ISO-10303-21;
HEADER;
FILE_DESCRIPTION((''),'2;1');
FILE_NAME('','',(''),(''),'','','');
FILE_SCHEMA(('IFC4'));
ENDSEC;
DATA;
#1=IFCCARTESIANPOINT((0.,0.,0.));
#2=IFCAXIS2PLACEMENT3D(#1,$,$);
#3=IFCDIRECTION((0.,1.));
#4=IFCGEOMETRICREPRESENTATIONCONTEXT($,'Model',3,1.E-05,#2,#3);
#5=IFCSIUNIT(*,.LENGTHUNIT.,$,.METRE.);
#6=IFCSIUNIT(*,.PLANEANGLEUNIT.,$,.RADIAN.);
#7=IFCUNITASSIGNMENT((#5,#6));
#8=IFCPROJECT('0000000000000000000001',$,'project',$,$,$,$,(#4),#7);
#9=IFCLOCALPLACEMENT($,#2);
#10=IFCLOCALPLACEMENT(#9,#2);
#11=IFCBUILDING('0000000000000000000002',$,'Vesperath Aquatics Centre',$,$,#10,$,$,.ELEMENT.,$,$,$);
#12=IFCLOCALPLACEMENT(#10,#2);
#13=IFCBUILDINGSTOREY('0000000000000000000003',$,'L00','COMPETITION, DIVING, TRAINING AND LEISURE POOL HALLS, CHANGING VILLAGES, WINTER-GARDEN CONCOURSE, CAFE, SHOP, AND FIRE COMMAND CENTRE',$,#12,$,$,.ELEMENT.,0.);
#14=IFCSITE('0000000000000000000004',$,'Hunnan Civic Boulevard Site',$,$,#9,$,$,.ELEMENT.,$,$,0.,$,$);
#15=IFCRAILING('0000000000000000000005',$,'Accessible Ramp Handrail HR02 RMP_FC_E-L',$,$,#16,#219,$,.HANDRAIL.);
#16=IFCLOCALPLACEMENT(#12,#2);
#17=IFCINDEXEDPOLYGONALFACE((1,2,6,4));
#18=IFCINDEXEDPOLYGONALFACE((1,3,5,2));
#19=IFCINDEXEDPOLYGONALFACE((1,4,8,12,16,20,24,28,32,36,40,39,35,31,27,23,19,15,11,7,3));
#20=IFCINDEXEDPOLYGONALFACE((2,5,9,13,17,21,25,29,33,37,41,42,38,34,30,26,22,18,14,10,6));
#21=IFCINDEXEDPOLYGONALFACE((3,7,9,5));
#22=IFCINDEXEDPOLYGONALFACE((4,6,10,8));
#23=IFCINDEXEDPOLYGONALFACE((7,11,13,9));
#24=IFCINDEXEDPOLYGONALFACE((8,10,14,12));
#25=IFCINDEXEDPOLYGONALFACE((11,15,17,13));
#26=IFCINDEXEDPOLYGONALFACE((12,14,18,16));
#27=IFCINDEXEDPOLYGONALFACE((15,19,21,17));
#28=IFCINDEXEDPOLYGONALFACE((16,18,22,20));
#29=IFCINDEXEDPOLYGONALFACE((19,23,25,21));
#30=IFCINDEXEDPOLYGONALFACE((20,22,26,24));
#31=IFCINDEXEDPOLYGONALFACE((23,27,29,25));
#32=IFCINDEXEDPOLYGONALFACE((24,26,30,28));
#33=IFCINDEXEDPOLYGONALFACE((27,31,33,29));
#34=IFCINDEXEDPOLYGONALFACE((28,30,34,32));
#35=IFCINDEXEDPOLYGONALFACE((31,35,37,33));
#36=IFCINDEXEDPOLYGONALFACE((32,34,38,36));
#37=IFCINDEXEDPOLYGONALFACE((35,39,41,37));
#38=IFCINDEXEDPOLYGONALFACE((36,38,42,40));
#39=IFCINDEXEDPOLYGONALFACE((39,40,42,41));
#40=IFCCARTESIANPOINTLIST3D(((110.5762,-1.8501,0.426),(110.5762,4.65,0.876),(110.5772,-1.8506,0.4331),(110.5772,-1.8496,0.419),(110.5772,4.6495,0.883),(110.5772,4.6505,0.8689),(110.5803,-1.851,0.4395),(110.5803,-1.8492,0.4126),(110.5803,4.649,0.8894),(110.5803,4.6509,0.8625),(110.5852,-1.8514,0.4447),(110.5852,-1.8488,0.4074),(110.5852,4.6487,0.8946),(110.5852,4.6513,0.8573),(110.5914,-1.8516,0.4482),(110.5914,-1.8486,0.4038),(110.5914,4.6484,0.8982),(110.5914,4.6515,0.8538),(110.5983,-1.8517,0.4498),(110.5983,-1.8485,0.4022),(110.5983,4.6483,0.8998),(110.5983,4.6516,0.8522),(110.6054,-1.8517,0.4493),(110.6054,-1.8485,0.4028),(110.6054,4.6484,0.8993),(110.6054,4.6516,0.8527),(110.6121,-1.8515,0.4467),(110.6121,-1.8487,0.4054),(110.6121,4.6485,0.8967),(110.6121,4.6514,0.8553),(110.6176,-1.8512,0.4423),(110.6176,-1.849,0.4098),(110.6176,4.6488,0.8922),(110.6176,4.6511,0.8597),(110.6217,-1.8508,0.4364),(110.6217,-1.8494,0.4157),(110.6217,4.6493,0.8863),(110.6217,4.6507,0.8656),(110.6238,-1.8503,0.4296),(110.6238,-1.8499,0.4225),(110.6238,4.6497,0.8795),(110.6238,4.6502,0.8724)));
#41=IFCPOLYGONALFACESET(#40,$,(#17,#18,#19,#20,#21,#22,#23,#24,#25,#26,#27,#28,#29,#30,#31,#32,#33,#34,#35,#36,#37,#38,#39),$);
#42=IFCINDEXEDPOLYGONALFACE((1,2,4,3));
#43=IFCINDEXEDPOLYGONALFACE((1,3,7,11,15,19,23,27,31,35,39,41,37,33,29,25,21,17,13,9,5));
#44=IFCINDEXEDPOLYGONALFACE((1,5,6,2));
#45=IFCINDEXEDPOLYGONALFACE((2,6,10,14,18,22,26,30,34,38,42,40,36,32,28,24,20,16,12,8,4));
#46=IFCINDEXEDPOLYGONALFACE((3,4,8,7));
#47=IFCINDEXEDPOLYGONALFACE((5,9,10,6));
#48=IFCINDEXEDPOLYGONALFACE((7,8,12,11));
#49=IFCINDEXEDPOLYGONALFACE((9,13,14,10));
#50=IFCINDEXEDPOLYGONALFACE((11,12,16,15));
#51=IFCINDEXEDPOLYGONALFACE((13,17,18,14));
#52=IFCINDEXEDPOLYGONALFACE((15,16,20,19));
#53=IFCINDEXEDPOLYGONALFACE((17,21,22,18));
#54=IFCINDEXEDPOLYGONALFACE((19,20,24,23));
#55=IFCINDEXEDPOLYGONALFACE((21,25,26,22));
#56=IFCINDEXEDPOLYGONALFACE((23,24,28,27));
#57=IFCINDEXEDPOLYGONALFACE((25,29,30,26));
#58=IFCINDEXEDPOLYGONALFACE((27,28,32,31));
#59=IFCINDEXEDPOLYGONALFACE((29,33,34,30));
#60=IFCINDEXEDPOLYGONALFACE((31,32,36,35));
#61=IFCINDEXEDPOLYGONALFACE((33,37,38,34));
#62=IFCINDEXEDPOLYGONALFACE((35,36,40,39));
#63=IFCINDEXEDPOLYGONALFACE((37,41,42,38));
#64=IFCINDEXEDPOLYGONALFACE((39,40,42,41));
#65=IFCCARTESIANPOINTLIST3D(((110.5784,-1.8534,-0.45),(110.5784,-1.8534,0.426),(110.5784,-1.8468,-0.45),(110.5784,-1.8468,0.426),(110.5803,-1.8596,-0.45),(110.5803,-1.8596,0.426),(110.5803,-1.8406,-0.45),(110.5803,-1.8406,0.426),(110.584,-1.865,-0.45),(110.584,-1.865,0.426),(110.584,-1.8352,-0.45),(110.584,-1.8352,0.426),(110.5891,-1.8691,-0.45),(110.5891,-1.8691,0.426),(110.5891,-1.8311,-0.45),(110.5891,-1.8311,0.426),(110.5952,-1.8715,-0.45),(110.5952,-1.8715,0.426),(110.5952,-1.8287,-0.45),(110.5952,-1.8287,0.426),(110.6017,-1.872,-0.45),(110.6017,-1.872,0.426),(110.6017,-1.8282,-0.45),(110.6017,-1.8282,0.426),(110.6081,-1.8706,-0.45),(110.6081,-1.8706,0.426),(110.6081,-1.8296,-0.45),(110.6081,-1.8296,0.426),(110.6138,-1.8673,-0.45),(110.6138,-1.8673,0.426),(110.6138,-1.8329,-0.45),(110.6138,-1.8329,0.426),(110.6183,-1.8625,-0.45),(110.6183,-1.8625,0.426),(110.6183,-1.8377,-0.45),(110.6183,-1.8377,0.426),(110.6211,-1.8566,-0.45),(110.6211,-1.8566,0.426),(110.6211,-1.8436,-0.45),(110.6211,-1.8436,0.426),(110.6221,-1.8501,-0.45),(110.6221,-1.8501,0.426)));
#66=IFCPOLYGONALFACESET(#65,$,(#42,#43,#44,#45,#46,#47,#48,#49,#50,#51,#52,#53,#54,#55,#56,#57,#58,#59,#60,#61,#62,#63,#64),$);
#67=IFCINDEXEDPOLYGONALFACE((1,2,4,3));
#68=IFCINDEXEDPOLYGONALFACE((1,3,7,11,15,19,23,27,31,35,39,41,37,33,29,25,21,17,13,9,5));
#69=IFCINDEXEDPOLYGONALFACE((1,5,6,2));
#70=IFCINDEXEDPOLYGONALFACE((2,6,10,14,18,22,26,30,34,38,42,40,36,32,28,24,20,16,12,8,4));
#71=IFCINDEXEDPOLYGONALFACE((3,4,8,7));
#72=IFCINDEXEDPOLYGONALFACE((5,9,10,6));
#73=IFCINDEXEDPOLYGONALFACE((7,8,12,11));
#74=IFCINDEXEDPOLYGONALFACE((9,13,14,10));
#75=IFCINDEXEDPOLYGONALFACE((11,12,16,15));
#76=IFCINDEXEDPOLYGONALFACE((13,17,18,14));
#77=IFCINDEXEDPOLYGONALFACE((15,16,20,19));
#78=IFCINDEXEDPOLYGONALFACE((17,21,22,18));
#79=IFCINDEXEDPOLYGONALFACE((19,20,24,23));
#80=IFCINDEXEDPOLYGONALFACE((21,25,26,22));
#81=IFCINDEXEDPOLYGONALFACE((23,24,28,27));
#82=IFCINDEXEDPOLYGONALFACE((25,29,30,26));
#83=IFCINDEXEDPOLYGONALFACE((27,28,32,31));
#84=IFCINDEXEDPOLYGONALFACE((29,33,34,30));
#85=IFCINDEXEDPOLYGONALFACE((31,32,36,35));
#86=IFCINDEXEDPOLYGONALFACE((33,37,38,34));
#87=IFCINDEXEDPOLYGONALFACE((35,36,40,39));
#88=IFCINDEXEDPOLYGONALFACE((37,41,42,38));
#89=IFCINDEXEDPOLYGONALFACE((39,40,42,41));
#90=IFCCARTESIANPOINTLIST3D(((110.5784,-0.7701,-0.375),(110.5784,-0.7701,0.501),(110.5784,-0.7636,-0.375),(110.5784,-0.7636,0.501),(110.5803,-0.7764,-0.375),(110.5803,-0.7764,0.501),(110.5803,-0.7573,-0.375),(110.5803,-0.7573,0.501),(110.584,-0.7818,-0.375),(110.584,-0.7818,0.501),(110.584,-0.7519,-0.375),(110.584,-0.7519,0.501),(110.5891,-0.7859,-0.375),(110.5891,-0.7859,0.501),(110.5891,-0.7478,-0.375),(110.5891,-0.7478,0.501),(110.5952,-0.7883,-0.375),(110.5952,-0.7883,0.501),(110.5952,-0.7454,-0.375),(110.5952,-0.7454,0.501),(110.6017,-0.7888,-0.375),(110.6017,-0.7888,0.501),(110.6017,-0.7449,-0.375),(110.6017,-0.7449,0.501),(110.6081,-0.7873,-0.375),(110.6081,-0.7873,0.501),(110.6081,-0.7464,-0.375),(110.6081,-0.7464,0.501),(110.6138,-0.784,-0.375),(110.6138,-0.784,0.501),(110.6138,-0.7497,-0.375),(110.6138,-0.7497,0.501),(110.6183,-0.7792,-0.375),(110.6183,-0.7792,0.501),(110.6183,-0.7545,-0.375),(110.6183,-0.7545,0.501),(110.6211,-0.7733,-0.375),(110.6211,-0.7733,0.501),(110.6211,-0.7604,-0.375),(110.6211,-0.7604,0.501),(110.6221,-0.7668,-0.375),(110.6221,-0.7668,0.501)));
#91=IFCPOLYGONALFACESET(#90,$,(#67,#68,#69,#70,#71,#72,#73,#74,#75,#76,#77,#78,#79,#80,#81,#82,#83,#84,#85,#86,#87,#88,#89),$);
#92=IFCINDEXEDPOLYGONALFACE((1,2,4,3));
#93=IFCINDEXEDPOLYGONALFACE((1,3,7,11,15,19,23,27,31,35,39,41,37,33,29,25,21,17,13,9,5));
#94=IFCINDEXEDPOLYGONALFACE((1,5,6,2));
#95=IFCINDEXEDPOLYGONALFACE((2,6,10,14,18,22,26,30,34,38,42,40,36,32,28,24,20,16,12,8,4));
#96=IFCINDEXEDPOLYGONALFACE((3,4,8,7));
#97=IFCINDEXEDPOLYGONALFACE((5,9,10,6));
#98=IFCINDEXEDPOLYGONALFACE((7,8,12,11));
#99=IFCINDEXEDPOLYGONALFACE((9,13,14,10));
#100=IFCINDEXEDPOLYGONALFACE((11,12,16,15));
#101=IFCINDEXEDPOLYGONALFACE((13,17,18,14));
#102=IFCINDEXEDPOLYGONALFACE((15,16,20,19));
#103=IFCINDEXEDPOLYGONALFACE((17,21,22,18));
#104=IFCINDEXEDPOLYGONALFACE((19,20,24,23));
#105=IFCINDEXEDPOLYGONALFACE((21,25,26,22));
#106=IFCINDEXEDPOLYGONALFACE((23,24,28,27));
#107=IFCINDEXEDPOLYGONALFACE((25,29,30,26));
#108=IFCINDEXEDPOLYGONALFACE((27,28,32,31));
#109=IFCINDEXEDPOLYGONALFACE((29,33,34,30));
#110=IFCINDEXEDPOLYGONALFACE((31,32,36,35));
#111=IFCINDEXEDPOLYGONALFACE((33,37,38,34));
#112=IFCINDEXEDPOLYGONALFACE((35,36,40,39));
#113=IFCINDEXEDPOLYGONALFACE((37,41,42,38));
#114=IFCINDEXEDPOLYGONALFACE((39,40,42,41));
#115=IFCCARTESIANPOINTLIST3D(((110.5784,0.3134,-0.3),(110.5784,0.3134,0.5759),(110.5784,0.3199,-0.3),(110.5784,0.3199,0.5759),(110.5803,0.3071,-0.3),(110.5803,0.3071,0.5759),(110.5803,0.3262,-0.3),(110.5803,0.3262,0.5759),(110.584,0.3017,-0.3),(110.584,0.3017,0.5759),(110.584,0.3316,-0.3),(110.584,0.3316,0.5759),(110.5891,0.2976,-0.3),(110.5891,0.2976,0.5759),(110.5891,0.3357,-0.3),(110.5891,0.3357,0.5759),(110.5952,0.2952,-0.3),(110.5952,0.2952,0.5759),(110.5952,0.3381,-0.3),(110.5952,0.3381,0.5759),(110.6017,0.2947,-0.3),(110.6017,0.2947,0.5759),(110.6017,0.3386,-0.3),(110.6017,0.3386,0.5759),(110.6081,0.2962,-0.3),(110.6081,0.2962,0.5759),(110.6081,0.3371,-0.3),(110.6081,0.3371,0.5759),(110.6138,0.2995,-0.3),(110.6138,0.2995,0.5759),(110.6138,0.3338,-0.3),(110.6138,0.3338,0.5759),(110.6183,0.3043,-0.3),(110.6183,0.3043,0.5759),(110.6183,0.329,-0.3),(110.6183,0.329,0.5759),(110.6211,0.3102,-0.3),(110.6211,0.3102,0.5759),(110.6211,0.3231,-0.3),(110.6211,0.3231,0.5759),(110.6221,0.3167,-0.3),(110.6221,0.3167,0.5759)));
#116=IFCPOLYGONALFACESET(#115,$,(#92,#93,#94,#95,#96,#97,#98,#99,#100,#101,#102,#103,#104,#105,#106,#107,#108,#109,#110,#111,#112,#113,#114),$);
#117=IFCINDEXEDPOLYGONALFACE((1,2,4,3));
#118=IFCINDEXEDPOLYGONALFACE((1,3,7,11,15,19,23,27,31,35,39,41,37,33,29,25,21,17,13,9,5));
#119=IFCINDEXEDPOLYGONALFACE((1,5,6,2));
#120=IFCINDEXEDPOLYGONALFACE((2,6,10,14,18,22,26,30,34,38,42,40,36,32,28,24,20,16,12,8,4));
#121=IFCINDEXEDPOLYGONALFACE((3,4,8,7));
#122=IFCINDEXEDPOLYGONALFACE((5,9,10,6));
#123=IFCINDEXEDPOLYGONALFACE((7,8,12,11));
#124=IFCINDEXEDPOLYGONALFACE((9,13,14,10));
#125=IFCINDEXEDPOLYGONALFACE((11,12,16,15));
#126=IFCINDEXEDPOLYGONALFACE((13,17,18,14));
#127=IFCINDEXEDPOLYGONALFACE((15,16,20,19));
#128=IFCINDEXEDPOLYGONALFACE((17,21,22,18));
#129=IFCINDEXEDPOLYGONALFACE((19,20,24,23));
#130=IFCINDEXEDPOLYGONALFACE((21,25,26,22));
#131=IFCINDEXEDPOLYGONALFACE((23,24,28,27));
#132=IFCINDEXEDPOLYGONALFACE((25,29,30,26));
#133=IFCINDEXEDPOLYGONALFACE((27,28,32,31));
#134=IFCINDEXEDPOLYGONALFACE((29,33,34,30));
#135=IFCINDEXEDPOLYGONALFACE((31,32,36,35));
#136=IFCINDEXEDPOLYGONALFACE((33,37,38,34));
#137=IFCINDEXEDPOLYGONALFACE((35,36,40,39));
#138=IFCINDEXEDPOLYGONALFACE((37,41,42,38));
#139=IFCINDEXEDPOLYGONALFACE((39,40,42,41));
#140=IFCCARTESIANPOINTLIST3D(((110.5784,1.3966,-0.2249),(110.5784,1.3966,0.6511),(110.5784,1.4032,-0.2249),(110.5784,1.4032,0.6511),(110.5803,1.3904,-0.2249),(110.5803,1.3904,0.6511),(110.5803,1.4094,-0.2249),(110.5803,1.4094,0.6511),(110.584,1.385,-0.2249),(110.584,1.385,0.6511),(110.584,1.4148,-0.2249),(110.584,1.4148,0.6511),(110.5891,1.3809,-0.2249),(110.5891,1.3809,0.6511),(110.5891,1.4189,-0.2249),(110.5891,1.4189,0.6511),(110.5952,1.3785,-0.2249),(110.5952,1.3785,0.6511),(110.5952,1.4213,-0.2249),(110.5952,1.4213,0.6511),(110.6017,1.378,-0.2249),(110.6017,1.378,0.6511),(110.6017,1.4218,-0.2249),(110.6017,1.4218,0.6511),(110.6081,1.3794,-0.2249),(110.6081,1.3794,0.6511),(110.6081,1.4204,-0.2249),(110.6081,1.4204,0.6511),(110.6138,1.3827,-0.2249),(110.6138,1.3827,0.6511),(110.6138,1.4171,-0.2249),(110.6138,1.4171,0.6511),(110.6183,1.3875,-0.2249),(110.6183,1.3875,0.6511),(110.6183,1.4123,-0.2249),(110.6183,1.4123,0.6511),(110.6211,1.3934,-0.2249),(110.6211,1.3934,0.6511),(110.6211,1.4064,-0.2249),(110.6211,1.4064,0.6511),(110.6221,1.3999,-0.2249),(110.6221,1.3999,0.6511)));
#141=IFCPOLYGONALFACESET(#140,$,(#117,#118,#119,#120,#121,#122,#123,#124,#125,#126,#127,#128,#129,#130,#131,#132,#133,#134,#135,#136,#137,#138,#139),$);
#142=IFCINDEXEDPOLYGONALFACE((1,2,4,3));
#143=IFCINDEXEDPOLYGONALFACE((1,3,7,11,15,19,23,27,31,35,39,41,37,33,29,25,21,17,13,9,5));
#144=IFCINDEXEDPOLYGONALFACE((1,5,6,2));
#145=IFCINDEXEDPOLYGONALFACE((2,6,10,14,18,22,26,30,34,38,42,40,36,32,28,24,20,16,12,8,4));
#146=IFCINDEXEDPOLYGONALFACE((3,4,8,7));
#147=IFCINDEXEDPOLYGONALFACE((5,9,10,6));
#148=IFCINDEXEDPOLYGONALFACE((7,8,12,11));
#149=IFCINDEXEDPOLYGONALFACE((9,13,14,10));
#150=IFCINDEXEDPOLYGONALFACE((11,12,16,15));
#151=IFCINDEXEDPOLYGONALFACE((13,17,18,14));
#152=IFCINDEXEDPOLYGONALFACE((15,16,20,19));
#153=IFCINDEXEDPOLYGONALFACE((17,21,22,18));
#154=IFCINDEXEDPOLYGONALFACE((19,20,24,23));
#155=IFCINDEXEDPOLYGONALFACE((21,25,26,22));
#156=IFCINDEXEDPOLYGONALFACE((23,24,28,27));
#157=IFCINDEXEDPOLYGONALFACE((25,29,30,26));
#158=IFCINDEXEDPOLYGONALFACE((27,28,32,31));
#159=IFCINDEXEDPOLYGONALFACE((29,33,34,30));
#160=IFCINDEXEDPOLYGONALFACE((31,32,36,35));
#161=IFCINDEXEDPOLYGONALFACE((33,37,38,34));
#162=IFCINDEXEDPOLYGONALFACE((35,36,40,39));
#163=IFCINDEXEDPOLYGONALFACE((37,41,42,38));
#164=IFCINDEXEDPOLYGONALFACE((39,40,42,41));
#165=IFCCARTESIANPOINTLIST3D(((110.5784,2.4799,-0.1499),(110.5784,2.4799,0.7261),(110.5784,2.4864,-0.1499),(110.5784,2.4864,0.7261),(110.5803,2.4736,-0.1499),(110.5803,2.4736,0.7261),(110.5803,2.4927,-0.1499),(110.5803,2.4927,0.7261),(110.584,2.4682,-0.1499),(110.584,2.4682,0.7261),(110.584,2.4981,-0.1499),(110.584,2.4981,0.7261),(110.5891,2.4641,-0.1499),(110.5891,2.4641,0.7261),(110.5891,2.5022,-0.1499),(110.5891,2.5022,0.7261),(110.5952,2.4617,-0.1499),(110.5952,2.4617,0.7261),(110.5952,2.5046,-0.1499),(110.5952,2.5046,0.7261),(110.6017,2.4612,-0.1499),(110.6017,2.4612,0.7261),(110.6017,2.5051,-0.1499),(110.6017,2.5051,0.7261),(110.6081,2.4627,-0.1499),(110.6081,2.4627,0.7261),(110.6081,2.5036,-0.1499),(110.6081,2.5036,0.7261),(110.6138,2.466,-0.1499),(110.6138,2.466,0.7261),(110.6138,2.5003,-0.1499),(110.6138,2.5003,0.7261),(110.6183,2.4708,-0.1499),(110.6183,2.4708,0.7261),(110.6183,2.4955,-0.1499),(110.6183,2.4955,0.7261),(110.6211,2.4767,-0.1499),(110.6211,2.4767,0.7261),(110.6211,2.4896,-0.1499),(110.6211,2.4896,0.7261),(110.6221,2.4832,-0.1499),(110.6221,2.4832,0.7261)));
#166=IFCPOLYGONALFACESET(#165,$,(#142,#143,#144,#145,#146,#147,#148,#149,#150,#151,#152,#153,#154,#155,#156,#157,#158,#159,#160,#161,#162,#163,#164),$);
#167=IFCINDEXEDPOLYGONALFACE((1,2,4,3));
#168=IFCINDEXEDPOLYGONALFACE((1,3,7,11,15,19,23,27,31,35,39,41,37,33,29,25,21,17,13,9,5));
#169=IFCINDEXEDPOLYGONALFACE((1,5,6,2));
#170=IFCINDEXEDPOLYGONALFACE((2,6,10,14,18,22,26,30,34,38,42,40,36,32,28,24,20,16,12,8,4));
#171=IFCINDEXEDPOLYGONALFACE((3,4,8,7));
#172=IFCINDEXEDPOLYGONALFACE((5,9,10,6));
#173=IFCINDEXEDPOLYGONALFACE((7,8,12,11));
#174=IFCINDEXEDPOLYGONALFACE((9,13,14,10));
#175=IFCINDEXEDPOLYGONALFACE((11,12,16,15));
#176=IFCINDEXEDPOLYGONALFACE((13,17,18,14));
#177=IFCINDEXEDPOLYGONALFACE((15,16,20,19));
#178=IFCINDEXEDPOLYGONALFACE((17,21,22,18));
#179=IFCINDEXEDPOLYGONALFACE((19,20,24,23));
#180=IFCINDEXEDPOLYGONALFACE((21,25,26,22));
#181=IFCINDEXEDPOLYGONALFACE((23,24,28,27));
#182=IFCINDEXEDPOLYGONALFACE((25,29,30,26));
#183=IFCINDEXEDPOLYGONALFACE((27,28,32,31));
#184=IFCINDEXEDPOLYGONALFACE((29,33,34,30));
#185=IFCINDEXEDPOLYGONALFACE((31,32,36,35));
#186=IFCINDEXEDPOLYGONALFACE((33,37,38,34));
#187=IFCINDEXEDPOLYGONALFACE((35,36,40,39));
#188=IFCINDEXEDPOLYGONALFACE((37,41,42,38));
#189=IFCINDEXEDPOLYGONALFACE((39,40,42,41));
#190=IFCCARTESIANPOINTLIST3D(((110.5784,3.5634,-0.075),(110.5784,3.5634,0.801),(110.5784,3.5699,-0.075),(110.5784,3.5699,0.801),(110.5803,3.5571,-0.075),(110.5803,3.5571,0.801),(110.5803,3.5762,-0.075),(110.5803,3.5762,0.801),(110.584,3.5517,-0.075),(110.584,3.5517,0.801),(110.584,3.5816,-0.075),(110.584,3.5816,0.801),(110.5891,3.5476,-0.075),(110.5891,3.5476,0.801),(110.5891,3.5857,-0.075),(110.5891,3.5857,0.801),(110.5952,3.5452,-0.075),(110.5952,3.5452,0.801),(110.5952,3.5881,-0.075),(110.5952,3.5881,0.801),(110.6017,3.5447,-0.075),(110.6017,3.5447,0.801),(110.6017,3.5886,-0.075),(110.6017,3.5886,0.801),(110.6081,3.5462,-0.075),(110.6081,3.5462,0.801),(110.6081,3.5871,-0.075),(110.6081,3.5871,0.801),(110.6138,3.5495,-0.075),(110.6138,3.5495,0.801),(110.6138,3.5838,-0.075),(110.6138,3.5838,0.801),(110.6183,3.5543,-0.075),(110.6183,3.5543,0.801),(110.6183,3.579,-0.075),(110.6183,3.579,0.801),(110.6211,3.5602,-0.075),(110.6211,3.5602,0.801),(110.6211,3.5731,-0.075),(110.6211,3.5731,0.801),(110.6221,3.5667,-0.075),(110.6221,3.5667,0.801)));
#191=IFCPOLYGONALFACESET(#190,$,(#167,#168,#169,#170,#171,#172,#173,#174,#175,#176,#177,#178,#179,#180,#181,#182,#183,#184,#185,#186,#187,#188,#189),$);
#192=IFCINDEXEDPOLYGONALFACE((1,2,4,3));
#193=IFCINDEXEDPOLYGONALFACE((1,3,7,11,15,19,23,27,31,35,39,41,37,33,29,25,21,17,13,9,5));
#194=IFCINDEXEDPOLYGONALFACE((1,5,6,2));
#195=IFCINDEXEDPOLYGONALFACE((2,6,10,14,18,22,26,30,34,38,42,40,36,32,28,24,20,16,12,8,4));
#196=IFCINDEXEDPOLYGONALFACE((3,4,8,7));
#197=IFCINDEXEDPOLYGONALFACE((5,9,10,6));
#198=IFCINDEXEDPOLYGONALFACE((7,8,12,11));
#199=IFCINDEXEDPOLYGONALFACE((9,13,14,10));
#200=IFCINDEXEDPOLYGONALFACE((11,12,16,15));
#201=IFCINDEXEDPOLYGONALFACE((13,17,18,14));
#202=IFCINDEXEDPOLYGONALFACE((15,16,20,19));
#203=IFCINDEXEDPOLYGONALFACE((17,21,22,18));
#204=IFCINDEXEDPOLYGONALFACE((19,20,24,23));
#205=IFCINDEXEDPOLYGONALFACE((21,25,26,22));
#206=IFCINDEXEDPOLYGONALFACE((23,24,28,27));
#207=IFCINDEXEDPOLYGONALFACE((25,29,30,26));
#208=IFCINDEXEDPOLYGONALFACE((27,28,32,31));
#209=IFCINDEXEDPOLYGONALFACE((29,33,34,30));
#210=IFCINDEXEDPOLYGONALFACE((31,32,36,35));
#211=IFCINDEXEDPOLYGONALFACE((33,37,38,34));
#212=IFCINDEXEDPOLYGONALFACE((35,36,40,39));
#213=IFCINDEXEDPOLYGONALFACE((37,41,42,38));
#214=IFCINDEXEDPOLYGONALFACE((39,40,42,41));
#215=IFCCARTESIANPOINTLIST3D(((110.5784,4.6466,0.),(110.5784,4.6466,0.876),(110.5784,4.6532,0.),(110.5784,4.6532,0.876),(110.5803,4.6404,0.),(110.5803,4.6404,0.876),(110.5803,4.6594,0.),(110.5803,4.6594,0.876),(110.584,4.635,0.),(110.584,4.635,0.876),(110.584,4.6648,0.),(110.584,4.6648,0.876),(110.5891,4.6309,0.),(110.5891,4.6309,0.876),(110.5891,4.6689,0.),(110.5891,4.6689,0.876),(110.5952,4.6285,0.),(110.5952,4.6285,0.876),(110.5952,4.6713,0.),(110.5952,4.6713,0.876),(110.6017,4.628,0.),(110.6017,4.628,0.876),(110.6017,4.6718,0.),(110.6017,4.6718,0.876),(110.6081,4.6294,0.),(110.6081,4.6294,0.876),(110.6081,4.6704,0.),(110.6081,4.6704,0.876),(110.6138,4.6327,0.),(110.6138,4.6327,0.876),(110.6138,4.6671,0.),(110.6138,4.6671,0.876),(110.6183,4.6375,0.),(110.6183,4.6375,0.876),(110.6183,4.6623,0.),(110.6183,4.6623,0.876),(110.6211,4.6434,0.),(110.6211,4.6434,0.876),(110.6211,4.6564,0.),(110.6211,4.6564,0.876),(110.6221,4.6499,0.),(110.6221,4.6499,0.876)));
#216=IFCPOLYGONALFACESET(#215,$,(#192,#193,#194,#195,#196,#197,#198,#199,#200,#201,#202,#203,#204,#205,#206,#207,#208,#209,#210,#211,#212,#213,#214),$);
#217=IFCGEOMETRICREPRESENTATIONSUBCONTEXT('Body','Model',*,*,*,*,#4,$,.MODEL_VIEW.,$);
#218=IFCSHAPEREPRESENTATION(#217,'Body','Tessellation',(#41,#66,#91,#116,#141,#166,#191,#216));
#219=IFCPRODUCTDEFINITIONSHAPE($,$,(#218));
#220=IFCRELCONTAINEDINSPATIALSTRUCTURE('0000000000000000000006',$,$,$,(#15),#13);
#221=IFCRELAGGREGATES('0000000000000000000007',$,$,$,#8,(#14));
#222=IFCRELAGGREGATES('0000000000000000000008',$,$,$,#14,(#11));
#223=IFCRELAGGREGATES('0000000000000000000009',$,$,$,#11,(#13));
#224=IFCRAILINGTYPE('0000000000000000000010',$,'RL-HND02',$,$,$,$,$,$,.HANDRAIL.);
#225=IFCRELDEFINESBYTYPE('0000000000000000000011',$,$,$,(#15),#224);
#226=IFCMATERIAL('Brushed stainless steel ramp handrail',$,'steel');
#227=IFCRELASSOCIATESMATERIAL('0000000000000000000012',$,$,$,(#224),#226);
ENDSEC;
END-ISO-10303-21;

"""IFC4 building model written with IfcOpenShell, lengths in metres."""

from ifc_helpers import new_model, si_unit, direction, frame, origin, origin_2d, place, context, subcontext, project, spatial, circle, extrude, material, type_object, element, save


model = new_model("IFC4")

# Units and contexts
model_context = context("Model", 3, precision=1e-05, world=origin(), true_north=direction((0.0, 1.0)))
body_context = subcontext(model_context, "Body", "Model", "MODEL_VIEW")
ifc_project = project(units=[si_unit("LENGTHUNIT", "METRE"), si_unit("PLANEANGLEUNIT", "RADIAN")], contexts=[model_context])

# Site, building, storey
site_placement = place(None, origin())
site = spatial("IfcSite", under=ifc_project, at=site_placement, Name="Hunnan Civic Boulevard Site", CompositionType="ELEMENT", RefElevation=0.0)
building_placement = place(site_placement, origin())
building = spatial("IfcBuilding", under=site, at=building_placement, Name="Vesperath Aquatics Centre", CompositionType="ELEMENT")
storey_placement = place(building_placement, origin())
storey = spatial("IfcBuildingStorey", under=building, at=storey_placement, Name="L00", Description="COMPETITION, DIVING, TRAINING AND LEISURE POOL HALLS, CHANGING VILLAGES, WINTER-GARDEN CONCOURSE, CAFE, SHOP, AND FIRE COMMAND CENTRE", CompositionType="ELEMENT", Elevation=0.0)

# Railing
ifc_material_1 = material(Name="Brushed stainless steel ramp handrail", Category="steel")
railing_type = type_object("IfcRailingType", Name="RL-HND02", PredefinedType="HANDRAIL", material=ifc_material_1)
for number, where, name in (
    (1, (110.6001, -1.8501, -0.45), "Accessible Ramp Handrail HR02 RMP_FC_E-L"),
):
    element("IfcRailing", number, at=place(storey_placement, frame(where)), inside=storey, type_object=railing_type, Name=name, PredefinedType="HANDRAIL", context=body_context, shape_type="SweptSolid", body=[
        extrude(circle(Radius=0.0239, at=origin_2d()), frame((0.0, 0.0, 0.876), z_axis=(0.0, 0.997613, 0.069058), x_axis=(-1.0, 0.0, 0.0)), (0.0, 0.0, 1.0), 6.5156),
        extrude(circle(Radius=0.022, at=origin_2d()), origin(), (0.0, 0.0, 1.0), 0.876),
        extrude(circle(Radius=0.022, at=origin_2d()), frame((0.0, 1.0833, 0.075)), (0.0, 0.0, 1.0), 0.876),
        extrude(circle(Radius=0.022, at=origin_2d()), frame((0.0, 2.1667, 0.1499)), (0.0, 0.0, 1.0), 0.876),
        extrude(circle(Radius=0.022, at=origin_2d()), frame((0.0, 3.25, 0.2251)), (0.0, 0.0, 1.0), 0.876),
        extrude(circle(Radius=0.022, at=origin_2d()), frame((0.0, 4.3333, 0.3)), (0.0, 0.0, 1.0), 0.876),
        extrude(circle(Radius=0.022, at=origin_2d()), frame((0.0, 5.4167, 0.375)), (0.0, 0.0, 1.0), 0.876),
        extrude(circle(Radius=0.022, at=origin_2d()), frame((0.0, 6.5, 0.45)), (0.0, 0.0, 1.0), 0.876),
    ])

save(model, "model.ifc")
